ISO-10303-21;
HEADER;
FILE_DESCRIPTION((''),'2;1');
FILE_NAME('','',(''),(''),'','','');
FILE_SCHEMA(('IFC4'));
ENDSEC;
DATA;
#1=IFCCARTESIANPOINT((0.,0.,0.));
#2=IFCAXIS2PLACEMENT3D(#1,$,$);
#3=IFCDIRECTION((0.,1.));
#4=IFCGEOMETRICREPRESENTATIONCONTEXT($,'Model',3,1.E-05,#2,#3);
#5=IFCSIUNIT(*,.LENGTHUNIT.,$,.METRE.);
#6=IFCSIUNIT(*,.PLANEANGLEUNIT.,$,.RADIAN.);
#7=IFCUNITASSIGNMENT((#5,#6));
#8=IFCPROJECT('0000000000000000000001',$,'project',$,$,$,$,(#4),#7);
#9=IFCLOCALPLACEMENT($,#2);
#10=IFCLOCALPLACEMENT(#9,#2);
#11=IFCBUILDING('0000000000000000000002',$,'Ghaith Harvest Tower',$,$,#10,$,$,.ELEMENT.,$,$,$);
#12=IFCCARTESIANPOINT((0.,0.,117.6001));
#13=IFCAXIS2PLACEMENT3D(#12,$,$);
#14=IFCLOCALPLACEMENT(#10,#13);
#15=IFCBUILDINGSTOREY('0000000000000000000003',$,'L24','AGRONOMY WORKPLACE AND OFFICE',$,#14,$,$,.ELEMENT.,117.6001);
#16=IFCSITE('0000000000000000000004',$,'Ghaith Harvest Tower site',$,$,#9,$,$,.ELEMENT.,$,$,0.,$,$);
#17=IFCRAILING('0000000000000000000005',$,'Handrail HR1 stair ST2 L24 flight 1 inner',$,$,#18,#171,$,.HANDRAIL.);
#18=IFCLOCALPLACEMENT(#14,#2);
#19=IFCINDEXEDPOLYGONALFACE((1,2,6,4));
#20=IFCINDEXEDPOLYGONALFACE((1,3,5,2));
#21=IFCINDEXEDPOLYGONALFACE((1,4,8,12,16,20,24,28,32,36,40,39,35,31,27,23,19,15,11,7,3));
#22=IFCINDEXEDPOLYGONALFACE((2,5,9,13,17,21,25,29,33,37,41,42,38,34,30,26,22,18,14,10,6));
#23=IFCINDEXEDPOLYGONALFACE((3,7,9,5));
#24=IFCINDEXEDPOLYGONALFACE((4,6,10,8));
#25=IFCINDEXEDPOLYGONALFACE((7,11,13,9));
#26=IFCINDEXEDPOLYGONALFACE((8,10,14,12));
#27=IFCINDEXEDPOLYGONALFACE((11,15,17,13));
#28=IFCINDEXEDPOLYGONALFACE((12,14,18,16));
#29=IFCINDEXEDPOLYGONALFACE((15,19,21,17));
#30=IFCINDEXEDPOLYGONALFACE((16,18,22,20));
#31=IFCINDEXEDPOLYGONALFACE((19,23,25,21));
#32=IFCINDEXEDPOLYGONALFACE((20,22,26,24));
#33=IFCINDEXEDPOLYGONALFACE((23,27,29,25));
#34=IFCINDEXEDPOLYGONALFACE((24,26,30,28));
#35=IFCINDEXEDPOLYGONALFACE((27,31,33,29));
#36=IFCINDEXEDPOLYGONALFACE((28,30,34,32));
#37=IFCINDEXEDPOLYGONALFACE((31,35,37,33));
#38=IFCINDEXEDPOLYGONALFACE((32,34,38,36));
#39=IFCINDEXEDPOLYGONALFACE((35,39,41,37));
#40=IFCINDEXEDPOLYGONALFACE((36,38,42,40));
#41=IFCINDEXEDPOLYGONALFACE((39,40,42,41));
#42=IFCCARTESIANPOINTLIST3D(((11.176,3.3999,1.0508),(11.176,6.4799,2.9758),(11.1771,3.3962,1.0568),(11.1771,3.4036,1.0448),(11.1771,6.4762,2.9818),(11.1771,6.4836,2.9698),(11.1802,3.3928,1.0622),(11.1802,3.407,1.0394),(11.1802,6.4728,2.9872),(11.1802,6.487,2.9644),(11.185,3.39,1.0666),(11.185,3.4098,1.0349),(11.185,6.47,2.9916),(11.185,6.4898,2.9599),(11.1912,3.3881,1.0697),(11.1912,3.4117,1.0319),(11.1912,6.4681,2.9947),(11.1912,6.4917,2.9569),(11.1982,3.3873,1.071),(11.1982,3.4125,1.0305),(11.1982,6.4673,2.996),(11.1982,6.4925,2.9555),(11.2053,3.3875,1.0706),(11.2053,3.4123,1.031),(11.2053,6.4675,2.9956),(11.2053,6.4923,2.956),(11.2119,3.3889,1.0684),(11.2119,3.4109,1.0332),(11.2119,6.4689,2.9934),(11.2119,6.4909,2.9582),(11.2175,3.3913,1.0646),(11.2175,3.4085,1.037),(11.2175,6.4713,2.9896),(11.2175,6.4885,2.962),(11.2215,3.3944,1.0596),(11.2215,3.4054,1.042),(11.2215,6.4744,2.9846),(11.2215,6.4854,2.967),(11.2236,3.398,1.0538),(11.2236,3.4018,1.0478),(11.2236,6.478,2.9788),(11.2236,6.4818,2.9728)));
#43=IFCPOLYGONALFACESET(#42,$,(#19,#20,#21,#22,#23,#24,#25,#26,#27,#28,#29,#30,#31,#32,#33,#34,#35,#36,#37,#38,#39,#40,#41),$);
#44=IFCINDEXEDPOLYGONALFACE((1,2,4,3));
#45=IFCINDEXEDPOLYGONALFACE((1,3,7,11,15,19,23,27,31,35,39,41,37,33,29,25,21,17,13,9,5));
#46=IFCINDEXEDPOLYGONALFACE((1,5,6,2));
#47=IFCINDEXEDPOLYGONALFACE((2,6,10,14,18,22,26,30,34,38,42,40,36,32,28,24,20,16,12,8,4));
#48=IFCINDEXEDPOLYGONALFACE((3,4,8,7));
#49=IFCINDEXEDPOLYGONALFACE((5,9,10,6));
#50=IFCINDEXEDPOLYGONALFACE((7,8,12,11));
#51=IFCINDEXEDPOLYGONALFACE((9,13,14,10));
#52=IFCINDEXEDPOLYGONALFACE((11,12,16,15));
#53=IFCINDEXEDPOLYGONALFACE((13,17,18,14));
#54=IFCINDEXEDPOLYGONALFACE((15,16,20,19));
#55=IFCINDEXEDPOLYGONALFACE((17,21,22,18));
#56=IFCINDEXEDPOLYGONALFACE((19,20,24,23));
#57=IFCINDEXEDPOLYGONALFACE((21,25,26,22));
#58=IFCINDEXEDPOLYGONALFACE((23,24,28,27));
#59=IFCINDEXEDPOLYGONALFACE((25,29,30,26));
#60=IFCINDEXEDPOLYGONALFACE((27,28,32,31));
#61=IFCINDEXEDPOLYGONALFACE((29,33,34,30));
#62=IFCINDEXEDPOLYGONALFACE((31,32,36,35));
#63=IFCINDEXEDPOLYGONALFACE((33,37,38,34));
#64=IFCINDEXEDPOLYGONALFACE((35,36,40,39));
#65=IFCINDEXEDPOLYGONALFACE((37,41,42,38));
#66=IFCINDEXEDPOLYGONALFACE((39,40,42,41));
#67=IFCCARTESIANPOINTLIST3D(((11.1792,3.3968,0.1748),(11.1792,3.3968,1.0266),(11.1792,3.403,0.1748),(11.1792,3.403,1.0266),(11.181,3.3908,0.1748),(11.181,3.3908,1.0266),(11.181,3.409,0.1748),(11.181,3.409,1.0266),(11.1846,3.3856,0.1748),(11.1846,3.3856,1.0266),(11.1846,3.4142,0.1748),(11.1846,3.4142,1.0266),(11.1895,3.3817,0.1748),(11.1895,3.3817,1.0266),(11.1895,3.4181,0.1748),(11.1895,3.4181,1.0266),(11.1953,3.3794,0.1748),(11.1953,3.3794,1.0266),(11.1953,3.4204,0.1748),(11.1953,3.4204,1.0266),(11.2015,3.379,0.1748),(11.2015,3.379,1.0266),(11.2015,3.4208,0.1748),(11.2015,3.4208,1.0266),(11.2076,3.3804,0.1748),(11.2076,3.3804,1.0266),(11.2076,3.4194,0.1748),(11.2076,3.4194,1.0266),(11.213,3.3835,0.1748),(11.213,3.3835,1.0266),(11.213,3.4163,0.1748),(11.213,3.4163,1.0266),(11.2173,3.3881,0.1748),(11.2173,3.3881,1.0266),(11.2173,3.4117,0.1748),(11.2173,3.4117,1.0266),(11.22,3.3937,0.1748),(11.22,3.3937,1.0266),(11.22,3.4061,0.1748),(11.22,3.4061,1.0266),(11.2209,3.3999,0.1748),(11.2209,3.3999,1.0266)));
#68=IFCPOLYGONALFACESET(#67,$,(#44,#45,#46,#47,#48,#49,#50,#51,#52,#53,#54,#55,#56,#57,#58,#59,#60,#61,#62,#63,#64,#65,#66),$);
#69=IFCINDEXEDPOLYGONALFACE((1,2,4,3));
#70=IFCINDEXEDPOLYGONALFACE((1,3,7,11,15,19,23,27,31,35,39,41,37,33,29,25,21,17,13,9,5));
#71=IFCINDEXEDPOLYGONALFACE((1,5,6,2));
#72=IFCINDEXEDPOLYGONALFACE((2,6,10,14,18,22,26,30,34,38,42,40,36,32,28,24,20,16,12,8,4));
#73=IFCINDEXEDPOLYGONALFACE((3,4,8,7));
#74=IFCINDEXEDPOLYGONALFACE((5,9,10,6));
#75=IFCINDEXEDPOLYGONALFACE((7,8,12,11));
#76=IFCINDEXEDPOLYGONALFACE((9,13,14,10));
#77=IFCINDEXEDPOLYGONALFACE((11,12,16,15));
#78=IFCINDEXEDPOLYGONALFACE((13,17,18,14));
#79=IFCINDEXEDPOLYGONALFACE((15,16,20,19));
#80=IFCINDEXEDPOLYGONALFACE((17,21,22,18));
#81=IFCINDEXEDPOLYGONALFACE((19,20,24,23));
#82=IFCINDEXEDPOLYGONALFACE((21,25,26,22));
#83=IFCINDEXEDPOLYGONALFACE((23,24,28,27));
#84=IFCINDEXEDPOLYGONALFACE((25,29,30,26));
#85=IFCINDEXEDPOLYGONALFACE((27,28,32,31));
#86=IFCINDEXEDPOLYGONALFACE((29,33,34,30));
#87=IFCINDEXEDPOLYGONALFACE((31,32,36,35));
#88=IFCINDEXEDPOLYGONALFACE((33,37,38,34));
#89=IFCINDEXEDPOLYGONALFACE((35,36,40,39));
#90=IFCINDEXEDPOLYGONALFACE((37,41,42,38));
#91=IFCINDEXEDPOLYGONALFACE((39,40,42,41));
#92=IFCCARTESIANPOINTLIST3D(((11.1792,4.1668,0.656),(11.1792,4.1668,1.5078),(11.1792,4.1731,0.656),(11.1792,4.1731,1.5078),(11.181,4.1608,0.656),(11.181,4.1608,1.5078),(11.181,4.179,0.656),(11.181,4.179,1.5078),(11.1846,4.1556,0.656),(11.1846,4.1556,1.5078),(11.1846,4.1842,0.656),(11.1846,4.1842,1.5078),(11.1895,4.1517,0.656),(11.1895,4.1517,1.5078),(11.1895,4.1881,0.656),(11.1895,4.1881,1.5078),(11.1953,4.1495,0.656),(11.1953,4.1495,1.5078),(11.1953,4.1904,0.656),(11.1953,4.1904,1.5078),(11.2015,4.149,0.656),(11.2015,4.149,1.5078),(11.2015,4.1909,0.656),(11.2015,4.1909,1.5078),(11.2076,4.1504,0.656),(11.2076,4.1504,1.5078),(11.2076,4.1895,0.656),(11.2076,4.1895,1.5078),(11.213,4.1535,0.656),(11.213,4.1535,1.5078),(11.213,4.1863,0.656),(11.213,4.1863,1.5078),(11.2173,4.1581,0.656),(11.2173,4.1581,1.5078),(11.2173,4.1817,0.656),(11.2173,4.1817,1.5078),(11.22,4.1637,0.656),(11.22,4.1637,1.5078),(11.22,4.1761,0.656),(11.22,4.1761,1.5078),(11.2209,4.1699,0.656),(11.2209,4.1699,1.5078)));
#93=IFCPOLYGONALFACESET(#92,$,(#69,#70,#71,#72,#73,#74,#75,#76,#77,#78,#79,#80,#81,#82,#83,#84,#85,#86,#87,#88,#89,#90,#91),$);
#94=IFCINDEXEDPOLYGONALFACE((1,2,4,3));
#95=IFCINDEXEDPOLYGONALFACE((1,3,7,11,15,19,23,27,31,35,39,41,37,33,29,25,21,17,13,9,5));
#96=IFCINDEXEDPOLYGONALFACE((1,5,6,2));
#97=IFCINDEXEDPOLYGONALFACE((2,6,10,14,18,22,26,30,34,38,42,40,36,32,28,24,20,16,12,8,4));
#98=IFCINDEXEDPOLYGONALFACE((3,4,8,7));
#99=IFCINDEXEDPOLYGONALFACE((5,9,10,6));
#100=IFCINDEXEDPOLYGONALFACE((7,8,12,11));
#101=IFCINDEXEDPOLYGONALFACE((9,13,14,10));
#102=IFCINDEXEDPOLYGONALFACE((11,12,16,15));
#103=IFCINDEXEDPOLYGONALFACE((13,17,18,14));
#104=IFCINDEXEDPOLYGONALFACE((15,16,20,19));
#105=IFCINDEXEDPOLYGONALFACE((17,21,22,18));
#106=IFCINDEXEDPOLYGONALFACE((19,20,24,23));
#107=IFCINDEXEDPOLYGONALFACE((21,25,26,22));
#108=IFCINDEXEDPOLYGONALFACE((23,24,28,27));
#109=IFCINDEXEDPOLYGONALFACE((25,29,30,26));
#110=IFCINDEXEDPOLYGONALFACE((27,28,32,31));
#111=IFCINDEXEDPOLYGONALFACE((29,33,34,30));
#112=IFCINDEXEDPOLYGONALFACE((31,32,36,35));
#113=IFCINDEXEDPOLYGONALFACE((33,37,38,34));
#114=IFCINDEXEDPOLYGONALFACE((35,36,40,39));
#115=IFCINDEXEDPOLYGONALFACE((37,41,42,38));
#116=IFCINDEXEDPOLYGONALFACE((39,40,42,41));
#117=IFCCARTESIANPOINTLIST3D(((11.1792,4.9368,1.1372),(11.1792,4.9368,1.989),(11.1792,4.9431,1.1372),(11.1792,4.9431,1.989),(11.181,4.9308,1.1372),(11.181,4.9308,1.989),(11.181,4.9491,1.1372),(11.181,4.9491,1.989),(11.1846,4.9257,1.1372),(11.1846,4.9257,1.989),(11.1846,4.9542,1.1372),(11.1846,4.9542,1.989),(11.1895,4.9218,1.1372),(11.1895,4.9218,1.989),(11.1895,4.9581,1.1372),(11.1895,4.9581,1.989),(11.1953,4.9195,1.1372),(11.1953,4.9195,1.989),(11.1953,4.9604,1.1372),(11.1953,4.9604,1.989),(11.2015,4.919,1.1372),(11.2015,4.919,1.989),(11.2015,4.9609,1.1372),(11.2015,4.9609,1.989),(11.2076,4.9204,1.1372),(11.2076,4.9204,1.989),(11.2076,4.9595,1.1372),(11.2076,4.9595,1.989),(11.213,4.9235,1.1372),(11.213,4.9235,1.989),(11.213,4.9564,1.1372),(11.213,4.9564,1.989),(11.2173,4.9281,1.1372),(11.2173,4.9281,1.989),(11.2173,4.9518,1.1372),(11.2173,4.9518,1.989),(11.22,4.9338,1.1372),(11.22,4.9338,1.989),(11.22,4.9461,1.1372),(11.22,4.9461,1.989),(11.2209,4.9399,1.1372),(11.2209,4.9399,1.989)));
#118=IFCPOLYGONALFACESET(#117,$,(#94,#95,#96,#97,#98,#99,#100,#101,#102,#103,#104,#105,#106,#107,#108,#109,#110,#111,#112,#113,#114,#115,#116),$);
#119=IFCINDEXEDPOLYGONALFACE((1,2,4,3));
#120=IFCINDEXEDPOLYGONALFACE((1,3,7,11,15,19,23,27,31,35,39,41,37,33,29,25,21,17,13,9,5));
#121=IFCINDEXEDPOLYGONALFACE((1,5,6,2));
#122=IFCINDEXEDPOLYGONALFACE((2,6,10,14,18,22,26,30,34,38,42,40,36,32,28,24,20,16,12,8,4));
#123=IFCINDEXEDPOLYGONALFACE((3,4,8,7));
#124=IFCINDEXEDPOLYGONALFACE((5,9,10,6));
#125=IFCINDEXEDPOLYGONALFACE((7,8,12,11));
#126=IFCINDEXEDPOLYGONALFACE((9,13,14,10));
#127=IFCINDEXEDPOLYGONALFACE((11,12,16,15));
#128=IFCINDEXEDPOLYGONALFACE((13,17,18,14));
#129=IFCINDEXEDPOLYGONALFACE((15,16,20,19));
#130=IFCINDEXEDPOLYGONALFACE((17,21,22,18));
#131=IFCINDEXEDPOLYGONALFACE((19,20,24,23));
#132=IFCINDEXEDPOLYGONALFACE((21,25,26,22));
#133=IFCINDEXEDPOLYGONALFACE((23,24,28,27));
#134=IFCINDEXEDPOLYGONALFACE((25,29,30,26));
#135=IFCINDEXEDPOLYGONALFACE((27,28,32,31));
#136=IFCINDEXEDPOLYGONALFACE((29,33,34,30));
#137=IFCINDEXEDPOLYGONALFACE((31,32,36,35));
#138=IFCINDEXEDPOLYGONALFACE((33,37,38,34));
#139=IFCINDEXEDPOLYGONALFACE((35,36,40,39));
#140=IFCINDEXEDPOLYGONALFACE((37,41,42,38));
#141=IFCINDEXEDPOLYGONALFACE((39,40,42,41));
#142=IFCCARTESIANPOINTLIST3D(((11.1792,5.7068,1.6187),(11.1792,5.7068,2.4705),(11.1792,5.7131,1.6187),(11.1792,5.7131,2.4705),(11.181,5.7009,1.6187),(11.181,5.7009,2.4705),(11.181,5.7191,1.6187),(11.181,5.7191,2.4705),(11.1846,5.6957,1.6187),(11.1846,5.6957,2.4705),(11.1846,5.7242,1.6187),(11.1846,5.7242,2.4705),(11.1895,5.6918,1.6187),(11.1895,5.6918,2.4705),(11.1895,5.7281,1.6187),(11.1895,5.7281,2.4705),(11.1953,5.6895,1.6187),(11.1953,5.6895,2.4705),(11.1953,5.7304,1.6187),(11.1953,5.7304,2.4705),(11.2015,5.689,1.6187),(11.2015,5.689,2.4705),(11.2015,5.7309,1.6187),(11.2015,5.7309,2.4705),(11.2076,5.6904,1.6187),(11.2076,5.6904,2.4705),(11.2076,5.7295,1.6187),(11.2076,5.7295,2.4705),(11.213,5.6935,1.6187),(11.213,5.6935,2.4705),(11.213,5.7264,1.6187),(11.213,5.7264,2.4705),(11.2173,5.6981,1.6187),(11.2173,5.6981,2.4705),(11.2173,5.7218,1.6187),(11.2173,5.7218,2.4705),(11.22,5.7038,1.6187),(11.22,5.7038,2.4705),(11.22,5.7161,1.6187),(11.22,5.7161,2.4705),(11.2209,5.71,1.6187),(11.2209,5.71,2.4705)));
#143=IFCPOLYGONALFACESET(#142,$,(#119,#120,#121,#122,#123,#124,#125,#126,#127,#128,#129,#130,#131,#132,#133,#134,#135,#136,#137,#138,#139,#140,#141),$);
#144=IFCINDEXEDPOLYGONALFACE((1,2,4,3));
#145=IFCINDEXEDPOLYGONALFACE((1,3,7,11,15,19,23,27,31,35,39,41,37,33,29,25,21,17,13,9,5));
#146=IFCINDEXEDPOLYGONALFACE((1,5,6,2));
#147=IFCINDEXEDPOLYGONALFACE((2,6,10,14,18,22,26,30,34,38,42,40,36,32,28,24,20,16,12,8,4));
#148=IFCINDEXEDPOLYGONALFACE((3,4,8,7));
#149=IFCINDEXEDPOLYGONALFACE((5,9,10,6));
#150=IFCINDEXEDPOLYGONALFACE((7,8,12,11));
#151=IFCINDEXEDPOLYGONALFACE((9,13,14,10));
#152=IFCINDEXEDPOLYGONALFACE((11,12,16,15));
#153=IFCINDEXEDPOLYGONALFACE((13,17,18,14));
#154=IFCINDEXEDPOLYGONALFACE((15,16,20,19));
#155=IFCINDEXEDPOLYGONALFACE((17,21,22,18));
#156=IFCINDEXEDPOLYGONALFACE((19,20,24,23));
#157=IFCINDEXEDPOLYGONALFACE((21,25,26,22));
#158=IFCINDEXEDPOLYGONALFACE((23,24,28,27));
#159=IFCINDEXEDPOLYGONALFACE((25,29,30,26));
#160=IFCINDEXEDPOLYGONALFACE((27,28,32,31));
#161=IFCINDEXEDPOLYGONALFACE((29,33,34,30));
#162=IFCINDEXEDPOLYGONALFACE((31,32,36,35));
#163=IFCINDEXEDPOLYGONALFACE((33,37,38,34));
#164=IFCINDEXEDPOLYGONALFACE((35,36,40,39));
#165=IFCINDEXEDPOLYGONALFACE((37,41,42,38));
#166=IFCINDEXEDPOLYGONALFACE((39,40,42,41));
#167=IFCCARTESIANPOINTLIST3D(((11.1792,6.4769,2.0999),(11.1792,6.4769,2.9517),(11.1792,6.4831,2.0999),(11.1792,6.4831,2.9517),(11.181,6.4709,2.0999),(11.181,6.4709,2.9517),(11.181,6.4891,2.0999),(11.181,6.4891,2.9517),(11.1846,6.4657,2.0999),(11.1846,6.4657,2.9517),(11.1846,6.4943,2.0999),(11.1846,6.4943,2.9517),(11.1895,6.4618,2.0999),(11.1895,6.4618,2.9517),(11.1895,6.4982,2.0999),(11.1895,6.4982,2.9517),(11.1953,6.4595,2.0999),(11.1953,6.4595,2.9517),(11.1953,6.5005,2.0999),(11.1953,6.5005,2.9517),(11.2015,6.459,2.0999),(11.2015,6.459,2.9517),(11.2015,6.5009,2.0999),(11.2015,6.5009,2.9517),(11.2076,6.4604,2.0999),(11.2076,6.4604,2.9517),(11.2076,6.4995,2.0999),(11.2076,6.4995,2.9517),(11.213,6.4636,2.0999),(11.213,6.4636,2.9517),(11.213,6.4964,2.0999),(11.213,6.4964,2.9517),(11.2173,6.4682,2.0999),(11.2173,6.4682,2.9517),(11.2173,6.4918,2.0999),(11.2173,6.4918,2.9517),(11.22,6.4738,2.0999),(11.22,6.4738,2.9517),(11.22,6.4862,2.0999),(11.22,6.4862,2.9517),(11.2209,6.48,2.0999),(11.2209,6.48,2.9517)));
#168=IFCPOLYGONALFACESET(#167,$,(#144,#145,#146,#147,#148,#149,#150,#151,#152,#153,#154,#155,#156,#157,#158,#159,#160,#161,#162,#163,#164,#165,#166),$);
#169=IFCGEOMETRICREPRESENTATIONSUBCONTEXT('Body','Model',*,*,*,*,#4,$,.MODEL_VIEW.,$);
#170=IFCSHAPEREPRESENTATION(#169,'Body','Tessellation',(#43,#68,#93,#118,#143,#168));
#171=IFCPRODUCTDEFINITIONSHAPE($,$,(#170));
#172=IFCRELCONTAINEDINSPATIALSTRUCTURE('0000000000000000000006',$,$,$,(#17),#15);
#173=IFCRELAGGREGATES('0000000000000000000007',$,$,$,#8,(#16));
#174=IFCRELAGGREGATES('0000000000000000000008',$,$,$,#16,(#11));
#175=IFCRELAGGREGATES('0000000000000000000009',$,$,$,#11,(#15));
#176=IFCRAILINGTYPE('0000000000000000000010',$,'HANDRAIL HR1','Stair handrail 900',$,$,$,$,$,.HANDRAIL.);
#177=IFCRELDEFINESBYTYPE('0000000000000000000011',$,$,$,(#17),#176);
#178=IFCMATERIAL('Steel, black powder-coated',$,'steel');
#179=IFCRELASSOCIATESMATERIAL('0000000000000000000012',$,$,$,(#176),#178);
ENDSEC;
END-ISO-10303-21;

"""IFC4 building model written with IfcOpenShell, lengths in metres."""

from ifc_helpers import new_model, si_unit, direction, frame, origin, origin_2d, place, context, subcontext, project, spatial, circle, extrude, material, type_object, element, save


model = new_model("IFC4")

# Units and contexts
model_context = context("Model", 3, precision=1e-05, world=origin(), true_north=direction((0.0, 1.0)))
body_context = subcontext(model_context, "Body", "Model", "MODEL_VIEW")
ifc_project = project(units=[si_unit("LENGTHUNIT", "METRE"), si_unit("PLANEANGLEUNIT", "RADIAN")], contexts=[model_context])

# Site, building, storey
site_placement = place(None, origin())
site = spatial("IfcSite", under=ifc_project, at=site_placement, Name="Ghaith Harvest Tower site", CompositionType="ELEMENT", RefElevation=0.0)
building_placement = place(site_placement, origin())
building = spatial("IfcBuilding", under=site, at=building_placement, Name="Ghaith Harvest Tower", CompositionType="ELEMENT")
storey_placement = place(building_placement, frame((0.0, 0.0, 117.6001)))
storey = spatial("IfcBuildingStorey", under=building, at=storey_placement, Name="L24", Description="AGRONOMY WORKPLACE AND OFFICE", CompositionType="ELEMENT", Elevation=117.6001)

# Railing
ifc_material_1 = material(Name="Steel, black powder-coated", Category="steel")
railing_type = type_object("IfcRailingType", Name="HANDRAIL HR1", Description="Stair handrail 900", PredefinedType="HANDRAIL", material=ifc_material_1)
railing_1_placement = place(storey_placement, frame((11.2, 3.3999, 0.1748)))
element("IfcRailing", 1, at=railing_1_placement, inside=storey, type_object=railing_type, Name="Handrail HR1 stair ST2 L24 flight 1 inner", PredefinedType="HANDRAIL", context=body_context, shape_type="SweptSolid", body=[
    extrude(circle(Radius=0.0239, at=origin_2d()), frame((0.0, 0.0, 0.876), z_axis=(0.0, 0.847998, 0.529999), x_axis=(-1.0, 0.0, 0.0)), (0.0, 0.0, 1.0), 3.6321),
    extrude(circle(Radius=0.021, at=origin_2d()), origin(), (0.0, 0.0, 1.0), 0.8518),
    extrude(circle(Radius=0.021, at=origin_2d()), frame((0.0, 0.77, 0.4812)), (0.0, 0.0, 1.0), 0.8518),
    extrude(circle(Radius=0.021, at=origin_2d()), frame((0.0, 1.54, 0.9624)), (0.0, 0.0, 1.0), 0.8518),
    extrude(circle(Radius=0.021, at=origin_2d()), frame((0.0, 2.3101, 1.4438)), (0.0, 0.0, 1.0), 0.8518),
    extrude(circle(Radius=0.021, at=origin_2d()), frame((0.0, 3.0801, 1.925)), (0.0, 0.0, 1.0), 0.8518),
])

save(model, "model.ifc")
